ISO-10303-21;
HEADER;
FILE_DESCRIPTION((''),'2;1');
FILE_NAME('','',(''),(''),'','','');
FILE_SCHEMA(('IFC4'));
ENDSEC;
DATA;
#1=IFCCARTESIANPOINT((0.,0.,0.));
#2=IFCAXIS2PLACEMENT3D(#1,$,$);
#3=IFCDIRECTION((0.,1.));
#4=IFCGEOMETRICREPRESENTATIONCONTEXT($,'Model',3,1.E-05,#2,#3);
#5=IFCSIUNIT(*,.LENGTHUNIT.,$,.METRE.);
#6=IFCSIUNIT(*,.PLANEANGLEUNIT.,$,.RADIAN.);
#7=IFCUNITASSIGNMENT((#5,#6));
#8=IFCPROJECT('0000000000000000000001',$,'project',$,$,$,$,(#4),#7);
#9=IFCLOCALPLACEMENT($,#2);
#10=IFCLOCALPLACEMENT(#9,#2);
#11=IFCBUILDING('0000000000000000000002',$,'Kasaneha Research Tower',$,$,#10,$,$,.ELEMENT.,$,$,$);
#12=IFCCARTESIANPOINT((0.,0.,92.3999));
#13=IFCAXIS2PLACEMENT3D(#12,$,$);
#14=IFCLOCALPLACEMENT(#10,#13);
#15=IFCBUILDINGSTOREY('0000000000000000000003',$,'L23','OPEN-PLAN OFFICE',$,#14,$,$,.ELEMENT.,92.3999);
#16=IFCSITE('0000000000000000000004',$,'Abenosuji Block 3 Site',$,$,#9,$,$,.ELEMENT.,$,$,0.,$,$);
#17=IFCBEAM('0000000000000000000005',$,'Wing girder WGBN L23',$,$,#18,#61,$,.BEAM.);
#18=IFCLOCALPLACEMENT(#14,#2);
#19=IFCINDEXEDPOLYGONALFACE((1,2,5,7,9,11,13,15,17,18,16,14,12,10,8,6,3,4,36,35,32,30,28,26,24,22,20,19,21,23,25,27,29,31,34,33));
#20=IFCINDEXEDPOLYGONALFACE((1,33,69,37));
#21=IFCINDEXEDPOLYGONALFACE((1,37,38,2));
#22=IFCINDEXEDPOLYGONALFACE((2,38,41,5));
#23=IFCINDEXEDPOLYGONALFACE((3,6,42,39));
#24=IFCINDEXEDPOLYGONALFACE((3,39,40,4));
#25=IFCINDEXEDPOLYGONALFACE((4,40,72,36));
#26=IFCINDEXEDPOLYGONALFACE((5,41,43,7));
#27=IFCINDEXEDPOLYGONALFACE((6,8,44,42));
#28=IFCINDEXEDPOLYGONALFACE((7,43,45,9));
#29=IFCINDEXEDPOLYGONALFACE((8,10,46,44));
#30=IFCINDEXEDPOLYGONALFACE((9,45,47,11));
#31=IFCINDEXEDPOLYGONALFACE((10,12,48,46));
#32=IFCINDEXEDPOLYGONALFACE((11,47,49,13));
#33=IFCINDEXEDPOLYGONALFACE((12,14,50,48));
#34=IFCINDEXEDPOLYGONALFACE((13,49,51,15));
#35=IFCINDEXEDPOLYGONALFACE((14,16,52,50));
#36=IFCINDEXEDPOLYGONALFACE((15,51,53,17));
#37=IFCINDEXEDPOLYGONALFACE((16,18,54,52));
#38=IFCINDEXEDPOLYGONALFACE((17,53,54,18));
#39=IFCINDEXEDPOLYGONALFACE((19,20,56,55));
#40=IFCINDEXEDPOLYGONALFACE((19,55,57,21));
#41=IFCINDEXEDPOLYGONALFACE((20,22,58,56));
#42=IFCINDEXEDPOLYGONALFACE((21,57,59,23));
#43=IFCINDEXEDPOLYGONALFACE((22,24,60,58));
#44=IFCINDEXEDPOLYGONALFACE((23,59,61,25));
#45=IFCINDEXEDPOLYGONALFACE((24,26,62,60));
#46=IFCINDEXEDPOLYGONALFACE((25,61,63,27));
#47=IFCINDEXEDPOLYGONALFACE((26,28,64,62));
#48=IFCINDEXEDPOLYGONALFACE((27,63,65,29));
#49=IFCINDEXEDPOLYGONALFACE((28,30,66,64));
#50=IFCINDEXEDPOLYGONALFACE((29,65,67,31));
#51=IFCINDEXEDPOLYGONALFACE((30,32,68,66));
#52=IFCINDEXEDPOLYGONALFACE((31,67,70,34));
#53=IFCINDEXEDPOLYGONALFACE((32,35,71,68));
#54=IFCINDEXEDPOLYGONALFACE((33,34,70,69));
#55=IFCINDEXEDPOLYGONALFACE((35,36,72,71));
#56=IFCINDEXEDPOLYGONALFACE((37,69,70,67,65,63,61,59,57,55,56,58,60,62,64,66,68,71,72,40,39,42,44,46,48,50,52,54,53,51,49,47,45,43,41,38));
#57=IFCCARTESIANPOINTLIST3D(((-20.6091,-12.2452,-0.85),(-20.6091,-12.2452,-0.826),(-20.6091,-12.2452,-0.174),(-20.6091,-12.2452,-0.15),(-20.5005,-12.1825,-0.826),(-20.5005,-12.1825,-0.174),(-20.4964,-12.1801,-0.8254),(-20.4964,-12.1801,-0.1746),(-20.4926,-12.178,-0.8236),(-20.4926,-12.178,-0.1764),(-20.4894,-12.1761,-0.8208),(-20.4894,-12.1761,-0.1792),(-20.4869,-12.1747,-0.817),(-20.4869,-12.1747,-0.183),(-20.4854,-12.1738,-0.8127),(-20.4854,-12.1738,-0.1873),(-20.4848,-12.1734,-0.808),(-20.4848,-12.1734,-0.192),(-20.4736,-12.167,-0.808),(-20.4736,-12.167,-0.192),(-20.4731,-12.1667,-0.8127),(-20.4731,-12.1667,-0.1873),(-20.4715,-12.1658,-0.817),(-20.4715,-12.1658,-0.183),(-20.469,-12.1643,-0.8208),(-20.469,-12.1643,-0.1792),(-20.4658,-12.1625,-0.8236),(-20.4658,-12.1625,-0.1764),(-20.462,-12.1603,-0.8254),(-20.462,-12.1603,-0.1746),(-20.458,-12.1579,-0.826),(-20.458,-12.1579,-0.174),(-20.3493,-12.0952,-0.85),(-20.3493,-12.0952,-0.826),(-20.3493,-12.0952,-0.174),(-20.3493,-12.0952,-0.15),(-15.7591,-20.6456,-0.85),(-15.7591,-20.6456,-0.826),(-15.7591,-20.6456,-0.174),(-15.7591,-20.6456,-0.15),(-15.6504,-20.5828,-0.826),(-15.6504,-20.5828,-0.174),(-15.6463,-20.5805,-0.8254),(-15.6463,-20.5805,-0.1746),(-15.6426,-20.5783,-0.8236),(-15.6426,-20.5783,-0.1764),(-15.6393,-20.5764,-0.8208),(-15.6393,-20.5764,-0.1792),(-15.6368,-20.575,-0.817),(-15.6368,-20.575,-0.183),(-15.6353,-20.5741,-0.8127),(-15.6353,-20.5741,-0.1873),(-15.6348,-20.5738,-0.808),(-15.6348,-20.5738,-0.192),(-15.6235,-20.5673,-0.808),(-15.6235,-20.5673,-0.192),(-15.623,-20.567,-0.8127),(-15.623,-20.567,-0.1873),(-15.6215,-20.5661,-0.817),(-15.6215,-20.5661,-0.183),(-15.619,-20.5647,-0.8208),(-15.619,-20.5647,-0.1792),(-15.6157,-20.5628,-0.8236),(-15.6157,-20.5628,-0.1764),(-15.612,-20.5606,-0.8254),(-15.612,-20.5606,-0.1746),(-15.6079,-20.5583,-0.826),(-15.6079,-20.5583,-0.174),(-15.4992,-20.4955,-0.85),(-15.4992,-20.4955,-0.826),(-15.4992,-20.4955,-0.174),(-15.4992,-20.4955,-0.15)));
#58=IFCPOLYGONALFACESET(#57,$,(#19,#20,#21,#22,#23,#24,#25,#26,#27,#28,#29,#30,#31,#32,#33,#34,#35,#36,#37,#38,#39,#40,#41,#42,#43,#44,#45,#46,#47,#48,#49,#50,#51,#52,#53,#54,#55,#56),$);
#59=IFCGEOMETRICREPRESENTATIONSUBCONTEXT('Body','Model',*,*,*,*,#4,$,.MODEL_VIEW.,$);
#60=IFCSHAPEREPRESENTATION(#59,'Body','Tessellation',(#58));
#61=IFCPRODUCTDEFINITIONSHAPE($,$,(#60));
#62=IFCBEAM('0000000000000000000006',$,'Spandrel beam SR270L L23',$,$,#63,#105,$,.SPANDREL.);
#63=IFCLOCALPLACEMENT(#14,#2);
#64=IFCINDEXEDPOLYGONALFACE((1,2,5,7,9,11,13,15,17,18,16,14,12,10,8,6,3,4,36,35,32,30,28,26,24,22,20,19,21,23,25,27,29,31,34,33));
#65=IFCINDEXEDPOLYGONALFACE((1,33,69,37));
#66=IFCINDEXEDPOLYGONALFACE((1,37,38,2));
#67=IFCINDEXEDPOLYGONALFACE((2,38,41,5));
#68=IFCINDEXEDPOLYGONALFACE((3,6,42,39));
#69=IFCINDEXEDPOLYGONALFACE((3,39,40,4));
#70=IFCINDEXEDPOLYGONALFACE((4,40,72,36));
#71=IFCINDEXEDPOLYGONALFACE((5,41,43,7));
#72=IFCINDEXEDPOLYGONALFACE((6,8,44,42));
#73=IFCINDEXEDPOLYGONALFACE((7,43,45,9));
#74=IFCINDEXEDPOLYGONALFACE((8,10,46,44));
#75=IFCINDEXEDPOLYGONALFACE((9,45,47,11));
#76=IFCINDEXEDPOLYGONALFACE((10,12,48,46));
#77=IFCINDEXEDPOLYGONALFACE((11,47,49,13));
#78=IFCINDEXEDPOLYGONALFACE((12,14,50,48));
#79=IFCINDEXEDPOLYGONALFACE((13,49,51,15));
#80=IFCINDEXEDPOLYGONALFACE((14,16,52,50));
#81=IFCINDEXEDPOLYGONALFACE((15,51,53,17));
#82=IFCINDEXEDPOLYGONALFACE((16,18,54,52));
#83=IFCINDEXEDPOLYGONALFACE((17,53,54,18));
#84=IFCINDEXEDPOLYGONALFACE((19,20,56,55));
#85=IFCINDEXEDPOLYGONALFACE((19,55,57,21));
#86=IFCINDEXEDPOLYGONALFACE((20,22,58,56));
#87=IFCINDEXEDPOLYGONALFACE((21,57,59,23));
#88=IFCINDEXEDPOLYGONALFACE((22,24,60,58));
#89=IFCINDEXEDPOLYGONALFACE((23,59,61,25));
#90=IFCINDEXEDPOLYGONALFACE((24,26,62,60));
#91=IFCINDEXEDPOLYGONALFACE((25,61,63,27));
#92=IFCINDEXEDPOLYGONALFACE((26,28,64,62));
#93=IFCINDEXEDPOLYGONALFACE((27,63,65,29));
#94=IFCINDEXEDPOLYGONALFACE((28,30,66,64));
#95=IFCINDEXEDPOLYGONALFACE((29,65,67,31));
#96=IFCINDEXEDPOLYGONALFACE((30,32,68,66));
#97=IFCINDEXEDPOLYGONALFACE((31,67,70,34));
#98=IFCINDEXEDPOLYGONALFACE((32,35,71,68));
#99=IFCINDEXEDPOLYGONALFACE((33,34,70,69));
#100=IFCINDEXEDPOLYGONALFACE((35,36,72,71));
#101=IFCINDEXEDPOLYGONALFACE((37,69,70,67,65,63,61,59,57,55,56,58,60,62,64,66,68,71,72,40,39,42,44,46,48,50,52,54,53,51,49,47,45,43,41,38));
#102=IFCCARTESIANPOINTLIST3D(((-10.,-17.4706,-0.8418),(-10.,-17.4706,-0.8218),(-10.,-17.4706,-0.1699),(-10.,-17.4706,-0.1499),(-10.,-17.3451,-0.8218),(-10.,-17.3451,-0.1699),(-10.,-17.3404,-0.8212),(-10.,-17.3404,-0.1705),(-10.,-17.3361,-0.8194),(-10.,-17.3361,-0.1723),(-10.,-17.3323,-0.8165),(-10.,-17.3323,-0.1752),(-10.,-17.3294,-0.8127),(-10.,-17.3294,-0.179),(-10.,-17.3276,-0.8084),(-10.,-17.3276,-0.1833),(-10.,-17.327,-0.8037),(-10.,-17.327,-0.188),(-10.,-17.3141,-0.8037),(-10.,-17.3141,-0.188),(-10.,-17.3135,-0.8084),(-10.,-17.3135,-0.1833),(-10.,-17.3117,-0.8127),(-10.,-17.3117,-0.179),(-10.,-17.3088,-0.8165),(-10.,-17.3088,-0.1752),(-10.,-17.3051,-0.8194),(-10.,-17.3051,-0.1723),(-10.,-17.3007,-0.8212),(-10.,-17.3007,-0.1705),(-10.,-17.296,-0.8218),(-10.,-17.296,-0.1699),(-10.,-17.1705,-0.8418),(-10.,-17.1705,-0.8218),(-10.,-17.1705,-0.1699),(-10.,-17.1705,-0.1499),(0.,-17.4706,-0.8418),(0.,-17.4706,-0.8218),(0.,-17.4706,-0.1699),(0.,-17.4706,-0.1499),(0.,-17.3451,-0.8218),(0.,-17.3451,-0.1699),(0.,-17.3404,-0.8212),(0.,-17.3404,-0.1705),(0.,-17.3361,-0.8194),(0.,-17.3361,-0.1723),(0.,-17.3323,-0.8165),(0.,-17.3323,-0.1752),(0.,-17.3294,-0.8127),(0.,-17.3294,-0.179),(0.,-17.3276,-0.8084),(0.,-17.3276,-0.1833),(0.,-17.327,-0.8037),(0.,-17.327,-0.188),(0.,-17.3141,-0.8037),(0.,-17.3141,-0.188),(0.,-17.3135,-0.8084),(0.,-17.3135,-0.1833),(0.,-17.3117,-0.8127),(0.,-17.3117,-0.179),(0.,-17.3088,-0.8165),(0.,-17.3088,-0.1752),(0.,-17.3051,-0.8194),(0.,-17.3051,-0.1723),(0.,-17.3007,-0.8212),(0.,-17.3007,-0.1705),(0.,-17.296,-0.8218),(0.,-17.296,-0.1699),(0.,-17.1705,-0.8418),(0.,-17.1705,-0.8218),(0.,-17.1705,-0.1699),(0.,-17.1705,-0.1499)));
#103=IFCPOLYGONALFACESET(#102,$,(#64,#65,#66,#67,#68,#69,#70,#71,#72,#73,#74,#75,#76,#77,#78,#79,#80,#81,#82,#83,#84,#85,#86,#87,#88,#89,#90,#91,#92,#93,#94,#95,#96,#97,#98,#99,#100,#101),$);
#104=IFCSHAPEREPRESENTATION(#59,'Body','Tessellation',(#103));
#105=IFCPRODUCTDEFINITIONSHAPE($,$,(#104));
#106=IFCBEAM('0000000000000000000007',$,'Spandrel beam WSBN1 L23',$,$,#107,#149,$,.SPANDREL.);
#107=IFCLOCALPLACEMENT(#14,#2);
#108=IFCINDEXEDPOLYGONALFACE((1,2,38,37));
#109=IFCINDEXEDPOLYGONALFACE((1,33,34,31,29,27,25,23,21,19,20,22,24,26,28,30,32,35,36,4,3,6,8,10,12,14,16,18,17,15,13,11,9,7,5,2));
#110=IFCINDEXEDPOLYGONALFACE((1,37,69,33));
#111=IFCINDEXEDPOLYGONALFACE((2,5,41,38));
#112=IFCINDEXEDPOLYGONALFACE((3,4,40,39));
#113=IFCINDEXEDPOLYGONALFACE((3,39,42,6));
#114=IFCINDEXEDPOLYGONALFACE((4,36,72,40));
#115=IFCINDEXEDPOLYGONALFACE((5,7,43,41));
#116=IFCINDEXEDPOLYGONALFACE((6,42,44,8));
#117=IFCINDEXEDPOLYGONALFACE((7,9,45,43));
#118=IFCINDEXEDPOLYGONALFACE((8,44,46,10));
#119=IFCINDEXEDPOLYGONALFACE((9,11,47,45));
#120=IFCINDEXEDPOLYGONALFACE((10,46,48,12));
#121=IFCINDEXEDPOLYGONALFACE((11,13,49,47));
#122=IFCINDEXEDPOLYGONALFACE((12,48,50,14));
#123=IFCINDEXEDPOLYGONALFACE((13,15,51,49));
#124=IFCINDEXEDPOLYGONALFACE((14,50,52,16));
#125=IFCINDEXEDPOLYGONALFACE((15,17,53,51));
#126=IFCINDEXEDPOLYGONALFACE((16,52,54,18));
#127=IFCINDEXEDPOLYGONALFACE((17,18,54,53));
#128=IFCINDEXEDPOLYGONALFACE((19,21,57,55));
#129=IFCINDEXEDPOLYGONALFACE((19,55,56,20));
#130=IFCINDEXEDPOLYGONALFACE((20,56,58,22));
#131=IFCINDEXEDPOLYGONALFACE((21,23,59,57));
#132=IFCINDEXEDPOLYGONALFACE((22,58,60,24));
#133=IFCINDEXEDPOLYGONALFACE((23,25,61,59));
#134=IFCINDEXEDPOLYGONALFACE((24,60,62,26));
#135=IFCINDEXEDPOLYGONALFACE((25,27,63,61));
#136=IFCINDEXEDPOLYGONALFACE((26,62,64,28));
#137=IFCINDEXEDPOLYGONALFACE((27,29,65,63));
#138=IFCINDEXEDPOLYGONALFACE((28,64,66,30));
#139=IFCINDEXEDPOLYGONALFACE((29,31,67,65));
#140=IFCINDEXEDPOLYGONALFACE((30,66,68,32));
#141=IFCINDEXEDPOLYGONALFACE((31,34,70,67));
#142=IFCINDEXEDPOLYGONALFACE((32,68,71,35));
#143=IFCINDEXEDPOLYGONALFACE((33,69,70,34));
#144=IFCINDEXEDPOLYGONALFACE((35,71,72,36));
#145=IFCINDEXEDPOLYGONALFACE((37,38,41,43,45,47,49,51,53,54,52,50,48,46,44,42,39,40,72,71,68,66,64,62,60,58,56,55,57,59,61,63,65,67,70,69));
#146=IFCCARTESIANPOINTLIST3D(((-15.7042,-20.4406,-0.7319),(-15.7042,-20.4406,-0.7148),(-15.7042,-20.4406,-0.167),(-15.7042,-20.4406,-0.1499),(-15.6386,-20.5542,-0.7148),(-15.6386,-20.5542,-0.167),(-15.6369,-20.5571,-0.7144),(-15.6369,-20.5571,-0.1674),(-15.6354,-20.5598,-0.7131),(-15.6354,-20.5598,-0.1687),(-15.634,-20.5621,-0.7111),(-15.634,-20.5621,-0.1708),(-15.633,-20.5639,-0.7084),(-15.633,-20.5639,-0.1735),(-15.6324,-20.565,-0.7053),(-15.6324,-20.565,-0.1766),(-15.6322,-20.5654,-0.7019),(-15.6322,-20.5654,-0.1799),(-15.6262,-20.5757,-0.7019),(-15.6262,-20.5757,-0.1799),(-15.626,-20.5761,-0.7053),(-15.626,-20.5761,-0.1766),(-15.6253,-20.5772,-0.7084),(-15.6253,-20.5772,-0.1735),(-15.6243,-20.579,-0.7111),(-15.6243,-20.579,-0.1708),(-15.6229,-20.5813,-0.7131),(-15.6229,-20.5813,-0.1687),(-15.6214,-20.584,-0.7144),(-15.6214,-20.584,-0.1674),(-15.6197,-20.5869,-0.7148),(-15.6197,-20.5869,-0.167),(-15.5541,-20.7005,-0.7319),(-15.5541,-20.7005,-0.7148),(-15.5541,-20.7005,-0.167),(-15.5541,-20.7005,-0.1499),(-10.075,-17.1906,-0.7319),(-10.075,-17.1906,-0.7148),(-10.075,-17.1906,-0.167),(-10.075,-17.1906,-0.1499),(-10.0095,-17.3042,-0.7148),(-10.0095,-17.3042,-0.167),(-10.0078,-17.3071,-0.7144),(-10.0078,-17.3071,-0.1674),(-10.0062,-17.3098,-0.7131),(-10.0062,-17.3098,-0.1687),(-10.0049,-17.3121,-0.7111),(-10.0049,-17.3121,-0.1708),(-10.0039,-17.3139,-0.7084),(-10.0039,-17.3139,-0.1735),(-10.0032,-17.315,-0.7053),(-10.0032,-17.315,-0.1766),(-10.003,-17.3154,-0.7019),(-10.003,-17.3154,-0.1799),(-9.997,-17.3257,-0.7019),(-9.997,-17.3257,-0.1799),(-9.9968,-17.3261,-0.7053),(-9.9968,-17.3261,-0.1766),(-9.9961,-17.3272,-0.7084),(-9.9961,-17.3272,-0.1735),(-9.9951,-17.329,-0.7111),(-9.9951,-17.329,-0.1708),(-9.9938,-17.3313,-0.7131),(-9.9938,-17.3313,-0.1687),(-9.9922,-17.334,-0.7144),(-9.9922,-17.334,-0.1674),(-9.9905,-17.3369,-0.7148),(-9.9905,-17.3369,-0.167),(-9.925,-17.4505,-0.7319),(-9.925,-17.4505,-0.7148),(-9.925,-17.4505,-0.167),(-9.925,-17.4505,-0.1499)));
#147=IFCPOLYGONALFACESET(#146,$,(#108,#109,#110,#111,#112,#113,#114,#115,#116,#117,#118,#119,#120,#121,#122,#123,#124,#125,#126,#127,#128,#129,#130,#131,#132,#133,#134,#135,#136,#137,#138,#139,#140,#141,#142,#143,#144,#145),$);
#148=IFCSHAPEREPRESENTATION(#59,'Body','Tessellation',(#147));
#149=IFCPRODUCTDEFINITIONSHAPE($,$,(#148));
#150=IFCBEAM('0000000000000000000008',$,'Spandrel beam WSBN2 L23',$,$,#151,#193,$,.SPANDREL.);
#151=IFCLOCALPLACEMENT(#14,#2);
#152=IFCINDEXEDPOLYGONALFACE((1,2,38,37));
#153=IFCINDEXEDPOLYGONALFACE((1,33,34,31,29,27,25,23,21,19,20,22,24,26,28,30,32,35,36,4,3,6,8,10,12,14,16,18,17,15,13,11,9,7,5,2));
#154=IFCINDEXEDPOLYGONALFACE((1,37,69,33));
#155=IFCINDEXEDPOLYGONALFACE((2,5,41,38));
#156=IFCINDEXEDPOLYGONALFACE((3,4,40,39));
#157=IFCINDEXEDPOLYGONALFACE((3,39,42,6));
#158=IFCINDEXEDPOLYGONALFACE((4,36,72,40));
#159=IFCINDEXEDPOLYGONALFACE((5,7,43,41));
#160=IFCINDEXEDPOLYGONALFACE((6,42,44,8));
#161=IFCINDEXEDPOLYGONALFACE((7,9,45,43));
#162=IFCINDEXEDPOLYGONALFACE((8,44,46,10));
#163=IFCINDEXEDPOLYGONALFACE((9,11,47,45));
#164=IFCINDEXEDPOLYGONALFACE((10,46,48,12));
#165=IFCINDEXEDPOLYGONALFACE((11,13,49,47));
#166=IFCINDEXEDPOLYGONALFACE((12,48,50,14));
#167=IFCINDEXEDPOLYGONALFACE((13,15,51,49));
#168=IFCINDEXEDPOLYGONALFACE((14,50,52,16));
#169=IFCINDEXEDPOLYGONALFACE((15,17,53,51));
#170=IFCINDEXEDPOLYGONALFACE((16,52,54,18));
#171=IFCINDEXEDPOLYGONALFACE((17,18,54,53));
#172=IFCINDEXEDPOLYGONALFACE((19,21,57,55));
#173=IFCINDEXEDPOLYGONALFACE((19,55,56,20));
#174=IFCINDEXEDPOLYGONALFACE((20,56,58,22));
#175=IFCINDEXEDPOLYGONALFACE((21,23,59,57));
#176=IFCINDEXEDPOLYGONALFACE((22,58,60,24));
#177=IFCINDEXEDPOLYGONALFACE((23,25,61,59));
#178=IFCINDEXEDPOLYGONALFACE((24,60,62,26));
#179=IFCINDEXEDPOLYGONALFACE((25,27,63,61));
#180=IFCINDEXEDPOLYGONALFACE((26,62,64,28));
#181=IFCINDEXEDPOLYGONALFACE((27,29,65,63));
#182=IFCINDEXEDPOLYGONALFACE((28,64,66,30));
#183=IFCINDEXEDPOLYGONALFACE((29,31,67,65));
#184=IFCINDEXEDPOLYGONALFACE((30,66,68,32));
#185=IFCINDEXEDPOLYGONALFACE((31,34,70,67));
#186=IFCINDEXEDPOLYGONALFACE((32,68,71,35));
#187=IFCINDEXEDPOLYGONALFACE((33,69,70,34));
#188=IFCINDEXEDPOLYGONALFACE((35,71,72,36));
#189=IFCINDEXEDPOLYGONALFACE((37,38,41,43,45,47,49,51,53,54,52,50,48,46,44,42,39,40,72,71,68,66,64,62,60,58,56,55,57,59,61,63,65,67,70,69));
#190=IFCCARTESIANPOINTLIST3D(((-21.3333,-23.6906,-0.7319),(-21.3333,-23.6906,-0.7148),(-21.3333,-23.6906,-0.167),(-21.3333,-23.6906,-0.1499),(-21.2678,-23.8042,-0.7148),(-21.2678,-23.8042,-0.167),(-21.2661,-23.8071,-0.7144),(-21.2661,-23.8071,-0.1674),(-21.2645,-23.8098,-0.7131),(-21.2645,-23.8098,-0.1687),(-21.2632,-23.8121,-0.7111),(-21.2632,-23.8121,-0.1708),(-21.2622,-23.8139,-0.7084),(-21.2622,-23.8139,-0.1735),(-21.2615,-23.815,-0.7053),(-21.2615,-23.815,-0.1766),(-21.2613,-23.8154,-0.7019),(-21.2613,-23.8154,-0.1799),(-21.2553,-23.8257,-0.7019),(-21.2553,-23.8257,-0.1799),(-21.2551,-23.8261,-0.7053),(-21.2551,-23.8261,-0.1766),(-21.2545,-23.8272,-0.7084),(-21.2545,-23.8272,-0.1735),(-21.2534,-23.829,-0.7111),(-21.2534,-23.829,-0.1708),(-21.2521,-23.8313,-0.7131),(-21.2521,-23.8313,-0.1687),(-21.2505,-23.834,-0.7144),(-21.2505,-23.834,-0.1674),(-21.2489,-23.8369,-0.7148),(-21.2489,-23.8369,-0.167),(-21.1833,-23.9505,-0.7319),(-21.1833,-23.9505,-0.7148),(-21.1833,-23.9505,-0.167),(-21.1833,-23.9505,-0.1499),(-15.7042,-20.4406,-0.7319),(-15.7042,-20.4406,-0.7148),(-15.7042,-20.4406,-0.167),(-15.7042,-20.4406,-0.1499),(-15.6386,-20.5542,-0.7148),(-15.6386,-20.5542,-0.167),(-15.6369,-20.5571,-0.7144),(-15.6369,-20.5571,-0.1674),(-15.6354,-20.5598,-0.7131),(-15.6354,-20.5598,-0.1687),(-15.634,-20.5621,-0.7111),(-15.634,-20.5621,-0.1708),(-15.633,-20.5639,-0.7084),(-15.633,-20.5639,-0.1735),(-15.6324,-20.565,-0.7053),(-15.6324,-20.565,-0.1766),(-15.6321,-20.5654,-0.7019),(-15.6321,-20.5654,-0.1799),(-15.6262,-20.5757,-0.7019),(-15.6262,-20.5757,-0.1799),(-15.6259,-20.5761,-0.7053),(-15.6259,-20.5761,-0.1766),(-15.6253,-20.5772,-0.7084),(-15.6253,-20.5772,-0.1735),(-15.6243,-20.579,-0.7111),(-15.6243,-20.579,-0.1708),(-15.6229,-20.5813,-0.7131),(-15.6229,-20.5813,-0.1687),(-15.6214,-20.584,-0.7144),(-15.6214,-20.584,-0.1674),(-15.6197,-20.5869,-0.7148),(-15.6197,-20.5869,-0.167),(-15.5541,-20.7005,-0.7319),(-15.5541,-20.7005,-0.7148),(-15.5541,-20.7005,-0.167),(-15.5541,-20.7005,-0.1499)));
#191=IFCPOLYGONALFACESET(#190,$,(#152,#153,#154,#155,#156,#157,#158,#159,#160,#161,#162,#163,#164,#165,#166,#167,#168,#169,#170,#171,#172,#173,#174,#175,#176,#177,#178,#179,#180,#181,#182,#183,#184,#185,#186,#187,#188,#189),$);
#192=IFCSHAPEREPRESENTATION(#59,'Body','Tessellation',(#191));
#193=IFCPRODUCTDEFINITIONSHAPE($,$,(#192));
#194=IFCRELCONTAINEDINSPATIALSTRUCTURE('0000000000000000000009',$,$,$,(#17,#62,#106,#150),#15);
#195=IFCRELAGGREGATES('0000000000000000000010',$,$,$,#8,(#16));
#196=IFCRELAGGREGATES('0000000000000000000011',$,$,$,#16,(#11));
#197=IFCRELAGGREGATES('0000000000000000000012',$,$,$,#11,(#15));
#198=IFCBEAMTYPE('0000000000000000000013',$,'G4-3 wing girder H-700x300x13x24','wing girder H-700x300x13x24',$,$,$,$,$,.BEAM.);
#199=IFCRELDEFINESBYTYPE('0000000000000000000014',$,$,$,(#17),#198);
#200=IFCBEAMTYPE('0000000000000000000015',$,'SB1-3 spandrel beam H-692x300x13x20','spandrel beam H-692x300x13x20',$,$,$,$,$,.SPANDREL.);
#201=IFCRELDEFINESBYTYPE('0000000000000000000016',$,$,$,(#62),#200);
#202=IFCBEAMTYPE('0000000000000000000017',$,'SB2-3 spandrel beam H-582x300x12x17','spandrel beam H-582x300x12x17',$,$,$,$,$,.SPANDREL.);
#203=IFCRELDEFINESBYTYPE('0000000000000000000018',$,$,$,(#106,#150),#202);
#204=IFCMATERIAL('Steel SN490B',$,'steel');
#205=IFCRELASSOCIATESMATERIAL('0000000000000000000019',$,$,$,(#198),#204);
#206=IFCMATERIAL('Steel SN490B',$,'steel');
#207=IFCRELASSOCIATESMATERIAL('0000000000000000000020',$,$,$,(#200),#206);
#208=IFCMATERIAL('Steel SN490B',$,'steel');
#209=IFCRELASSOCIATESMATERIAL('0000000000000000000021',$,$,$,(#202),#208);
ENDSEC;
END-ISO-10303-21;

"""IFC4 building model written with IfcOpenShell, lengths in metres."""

from ifc_helpers import new_model, si_unit, direction, frame, origin, origin_2d, place, context, subcontext, project, spatial, i_section, extrude, material, material_profile, profile_set, type_object, element, save


model = new_model("IFC4")

# Units and contexts
model_context = context("Model", 3, precision=1e-05, world=origin(), true_north=direction((0.0, 1.0)))
body_context = subcontext(model_context, "Body", "Model", "MODEL_VIEW")
ifc_project = project(units=[si_unit("LENGTHUNIT", "METRE"), si_unit("PLANEANGLEUNIT", "RADIAN")], contexts=[model_context])

# Site, building, storey
site_placement = place(None, origin())
site = spatial("IfcSite", under=ifc_project, at=site_placement, Name="Abenosuji Block 3 Site", CompositionType="ELEMENT", RefElevation=0.0)
building_placement = place(site_placement, origin())
building = spatial("IfcBuilding", under=site, at=building_placement, Name="Kasaneha Research Tower", CompositionType="ELEMENT")
storey_placement = place(building_placement, frame((0.0, 0.0, 92.3999)))
storey = spatial("IfcBuildingStorey", under=building, at=storey_placement, Name="L23", Description="OPEN-PLAN OFFICE", CompositionType="ELEMENT", Elevation=92.3999)

# Beams
ifc_material_1 = material(Name="Steel SN490B", Category="steel")
ifc_material_profile_1 = material_profile(ifc_material_1, i_section(OverallWidth=0.3, OverallDepth=0.7, WebThickness=0.0129, FlangeThickness=0.0239, FilletRadius=0.0181, at=origin_2d()), Name="H-700x300x13x24")
ifc_profile_set_1 = profile_set([ifc_material_profile_1], Name="Steel SN490B")
beam_type_1 = type_object("IfcBeamType", Name="G4-3 wing girder H-700x300x13x24", Description="wing girder H-700x300x13x24", PredefinedType="BEAM", material=ifc_profile_set_1)
beam_1_placement = place(storey_placement, frame((-15.6292, -20.5706, -0.5), z_axis=(-0.50001, 0.86602, 0.0), x_axis=(-0.86602, -0.50001, 0.0)))
element("IfcBeam", 1, at=beam_1_placement, inside=storey, type_object=beam_type_1, Name="Wing girder WGBN L23", PredefinedType="BEAM", context=body_context, shape_type="SweptSolid", body=[
    extrude(i_section(OverallWidth=0.3, OverallDepth=0.7, WebThickness=0.0129, FlangeThickness=0.0239, FilletRadius=0.0181, at=origin_2d()), origin(), (0.0, 0.0, 1.0), 9.7),
])
ifc_material_2 = material(Name="Steel SN490B", Category="steel")
ifc_material_profile_2 = material_profile(ifc_material_2, i_section(OverallWidth=0.3, OverallDepth=0.6919, WebThickness=0.0129, FlangeThickness=0.02, FilletRadius=0.0181, at=origin_2d()), Name="H-692x300x13x20")
ifc_profile_set_2 = profile_set([ifc_material_profile_2], Name="Steel SN490B")
beam_type_2 = type_object("IfcBeamType", Name="SB1-3 spandrel beam H-692x300x13x20", Description="spandrel beam H-692x300x13x20", PredefinedType="SPANDREL", material=ifc_profile_set_2)
beam_2_placement = place(storey_placement, frame((-10.0, -17.3206, -0.4958), z_axis=(1.0, 0.0, 0.0), x_axis=(0.0, 1.0, 0.0)))
element("IfcBeam", 2, at=beam_2_placement, inside=storey, type_object=beam_type_2, Name="Spandrel beam SR270L L23", PredefinedType="SPANDREL", context=body_context, shape_type="SweptSolid", body=[
    extrude(i_section(OverallWidth=0.3, OverallDepth=0.6919, WebThickness=0.0129, FlangeThickness=0.02, FilletRadius=0.0181, at=origin_2d()), origin(), (0.0, 0.0, 1.0), 10.0),
])
ifc_material_3 = material(Name="Steel SN490B", Category="steel")
ifc_material_profile_3 = material_profile(ifc_material_3, i_section(OverallWidth=0.3, OverallDepth=0.582, WebThickness=0.012, FlangeThickness=0.0171, FilletRadius=0.0129, at=origin_2d()), Name="H-582x300x12x17")
ifc_profile_set_3 = profile_set([ifc_material_profile_3], Name="Steel SN490B")
beam_type_3 = type_object("IfcBeamType", Name="SB2-3 spandrel beam H-582x300x12x17", Description="spandrel beam H-582x300x12x17", PredefinedType="SPANDREL", material=ifc_profile_set_3)
for number, where, z_axis, x_axis, name in (
    (3, (-10.0, -17.3206, -0.4409), (-0.866025, -0.500001, 0.0), (0.500001, -0.866025, 0.0), "Spandrel beam WSBN1 L23"),
    (4, (-15.6292, -20.5706, -0.4409), (-0.866025, -0.500001, 0.0), (0.500001, -0.866025, 0.0), "Spandrel beam WSBN2 L23"),
):
    element("IfcBeam", number, at=place(storey_placement, frame(where, z_axis=z_axis, x_axis=x_axis)), inside=storey, type_object=beam_type_3, Name=name, PredefinedType="SPANDREL", context=body_context, shape_type="SweptSolid", body=[
        extrude(i_section(OverallWidth=0.3, OverallDepth=0.582, WebThickness=0.012, FlangeThickness=0.0171, FilletRadius=0.0129, at=origin_2d()), origin(), (0.0, 0.0, 1.0), 6.5),
    ])

save(model, "model.ifc")
